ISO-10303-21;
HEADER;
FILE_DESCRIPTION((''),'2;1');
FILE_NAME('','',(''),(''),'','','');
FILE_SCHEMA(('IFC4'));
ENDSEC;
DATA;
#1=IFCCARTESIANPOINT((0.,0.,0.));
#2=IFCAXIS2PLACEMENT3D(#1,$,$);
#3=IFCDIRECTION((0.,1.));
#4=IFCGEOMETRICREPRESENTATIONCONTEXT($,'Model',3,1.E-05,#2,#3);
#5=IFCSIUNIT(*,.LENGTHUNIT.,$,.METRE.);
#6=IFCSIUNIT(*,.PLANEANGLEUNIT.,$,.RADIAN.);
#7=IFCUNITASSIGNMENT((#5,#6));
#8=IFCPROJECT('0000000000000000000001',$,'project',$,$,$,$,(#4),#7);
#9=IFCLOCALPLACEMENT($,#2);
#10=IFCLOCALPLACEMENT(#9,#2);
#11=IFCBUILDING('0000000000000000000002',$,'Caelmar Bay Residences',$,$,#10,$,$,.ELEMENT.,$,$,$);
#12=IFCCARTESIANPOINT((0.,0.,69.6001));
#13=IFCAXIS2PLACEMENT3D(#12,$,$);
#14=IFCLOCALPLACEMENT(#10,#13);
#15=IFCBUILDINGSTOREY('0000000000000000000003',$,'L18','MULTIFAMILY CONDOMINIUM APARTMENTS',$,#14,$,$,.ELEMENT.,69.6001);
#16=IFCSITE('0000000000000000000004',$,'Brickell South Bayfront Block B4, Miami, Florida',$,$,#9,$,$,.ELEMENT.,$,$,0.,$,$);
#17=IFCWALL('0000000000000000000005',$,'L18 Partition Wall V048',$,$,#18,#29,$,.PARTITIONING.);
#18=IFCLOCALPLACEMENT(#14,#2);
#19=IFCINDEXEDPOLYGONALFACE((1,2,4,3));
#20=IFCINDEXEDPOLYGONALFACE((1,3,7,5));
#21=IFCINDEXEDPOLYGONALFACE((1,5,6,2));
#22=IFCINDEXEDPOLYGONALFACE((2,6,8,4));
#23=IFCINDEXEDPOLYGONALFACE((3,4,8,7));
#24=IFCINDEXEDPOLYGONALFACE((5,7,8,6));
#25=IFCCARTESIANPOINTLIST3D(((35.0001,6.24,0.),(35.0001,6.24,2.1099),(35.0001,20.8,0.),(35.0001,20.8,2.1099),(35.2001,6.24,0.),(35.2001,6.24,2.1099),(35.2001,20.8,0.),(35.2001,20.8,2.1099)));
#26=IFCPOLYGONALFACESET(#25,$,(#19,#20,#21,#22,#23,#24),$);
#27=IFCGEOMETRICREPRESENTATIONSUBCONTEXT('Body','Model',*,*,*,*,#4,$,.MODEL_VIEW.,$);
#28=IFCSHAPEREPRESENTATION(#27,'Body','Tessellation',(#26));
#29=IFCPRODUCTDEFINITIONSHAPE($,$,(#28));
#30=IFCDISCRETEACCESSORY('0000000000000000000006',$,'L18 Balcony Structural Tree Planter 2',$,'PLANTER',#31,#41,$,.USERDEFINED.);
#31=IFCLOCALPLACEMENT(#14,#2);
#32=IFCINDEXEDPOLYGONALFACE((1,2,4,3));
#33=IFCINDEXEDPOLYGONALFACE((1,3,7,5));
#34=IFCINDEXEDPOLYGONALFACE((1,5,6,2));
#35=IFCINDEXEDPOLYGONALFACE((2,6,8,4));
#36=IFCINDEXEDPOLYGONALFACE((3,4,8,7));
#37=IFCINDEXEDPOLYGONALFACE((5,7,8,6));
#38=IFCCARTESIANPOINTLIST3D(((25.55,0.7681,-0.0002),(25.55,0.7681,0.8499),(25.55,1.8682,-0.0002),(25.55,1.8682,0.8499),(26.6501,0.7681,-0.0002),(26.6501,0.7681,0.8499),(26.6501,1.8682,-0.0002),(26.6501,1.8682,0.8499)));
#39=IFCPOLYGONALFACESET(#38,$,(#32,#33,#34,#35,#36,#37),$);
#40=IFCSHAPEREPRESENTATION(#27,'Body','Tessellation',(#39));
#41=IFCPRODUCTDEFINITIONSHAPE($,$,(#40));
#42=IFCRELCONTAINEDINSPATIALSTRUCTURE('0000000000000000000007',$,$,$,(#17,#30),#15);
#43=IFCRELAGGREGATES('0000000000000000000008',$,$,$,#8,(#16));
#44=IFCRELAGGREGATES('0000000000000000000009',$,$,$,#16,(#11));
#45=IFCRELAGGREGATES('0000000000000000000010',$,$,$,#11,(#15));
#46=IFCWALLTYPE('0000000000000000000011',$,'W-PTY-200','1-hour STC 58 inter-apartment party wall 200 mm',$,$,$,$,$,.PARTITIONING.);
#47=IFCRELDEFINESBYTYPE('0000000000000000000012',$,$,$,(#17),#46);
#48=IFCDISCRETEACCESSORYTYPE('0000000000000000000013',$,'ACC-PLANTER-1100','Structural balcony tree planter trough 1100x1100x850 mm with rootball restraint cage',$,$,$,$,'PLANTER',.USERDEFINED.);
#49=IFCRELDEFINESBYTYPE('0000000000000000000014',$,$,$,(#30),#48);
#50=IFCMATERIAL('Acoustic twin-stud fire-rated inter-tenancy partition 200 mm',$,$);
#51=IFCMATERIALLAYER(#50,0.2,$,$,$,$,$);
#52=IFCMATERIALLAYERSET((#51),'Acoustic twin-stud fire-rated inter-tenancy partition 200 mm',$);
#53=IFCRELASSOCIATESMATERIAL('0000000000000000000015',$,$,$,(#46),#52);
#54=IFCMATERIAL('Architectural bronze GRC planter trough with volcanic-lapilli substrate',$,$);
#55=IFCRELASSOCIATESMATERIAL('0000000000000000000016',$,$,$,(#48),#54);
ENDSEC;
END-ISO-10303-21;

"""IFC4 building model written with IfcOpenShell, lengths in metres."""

from ifc_helpers import new_model, si_unit, direction, frame, frame_2d, origin, origin_2d, place, context, subcontext, project, spatial, rectangle, extrude, material, layer, layer_set, type_object, element, save


model = new_model("IFC4")

# Units and contexts
model_context = context("Model", 3, precision=1e-05, world=origin(), true_north=direction((0.0, 1.0)))
body_context = subcontext(model_context, "Body", "Model", "MODEL_VIEW")
ifc_project = project(units=[si_unit("LENGTHUNIT", "METRE"), si_unit("PLANEANGLEUNIT", "RADIAN")], contexts=[model_context])

# Site, building, storey
site_placement = place(None, origin())
site = spatial("IfcSite", under=ifc_project, at=site_placement, Name="Brickell South Bayfront Block B4, Miami, Florida", CompositionType="ELEMENT", RefElevation=0.0)
building_placement = place(site_placement, origin())
building = spatial("IfcBuilding", under=site, at=building_placement, Name="Caelmar Bay Residences", CompositionType="ELEMENT")
storey_placement = place(building_placement, frame((0.0, 0.0, 69.6001)))
storey = spatial("IfcBuildingStorey", under=building, at=storey_placement, Name="L18", Description="MULTIFAMILY CONDOMINIUM APARTMENTS", CompositionType="ELEMENT", Elevation=69.6001)

# Wall
ifc_material_1 = material(Name="Acoustic twin-stud fire-rated inter-tenancy partition 200 mm")
ifc_layer_1 = layer(ifc_material_1, 0.2)
ifc_layer_set_1 = layer_set([ifc_layer_1], Name="Acoustic twin-stud fire-rated inter-tenancy partition 200 mm")
wall_type_1 = type_object("IfcWallType", Name="W-PTY-200", Description="1-hour STC 58 inter-apartment party wall 200 mm", PredefinedType="PARTITIONING", material=ifc_layer_set_1)
wall_1_placement = place(storey_placement, frame((35.1001, 6.24, 0.0), z_axis=(0.0, 0.0, 1.0), x_axis=(0.0, 1.0, 0.0)))
element("IfcWall", 1, at=wall_1_placement, inside=storey, type_object=wall_type_1, Name="L18 Partition Wall V048", PredefinedType="PARTITIONING", context=body_context, shape_type="SweptSolid", body=[
    extrude(rectangle(XDim=14.5601, YDim=0.2, at=frame_2d((7.28, 0.0))), origin(), (0.0, 0.0, 1.0), 2.1099),
])

# Discrete accessory
ifc_material_2 = material(Name="Architectural bronze GRC planter trough with volcanic-lapilli substrate")
discrete_accessory_type = type_object("IfcDiscreteAccessoryType", Name="ACC-PLANTER-1100", Description="Structural balcony tree planter trough 1100x1100x850 mm with rootball restraint cage", ElementType="PLANTER", PredefinedType="USERDEFINED", material=ifc_material_2)
discrete_accessory_placement = place(storey_placement, frame((26.1001, 1.3181, -0.0002), z_axis=(0.0, 0.0, 1.0), x_axis=(1.0, 0.0, 0.0)))
element("IfcDiscreteAccessory", 2, at=discrete_accessory_placement, inside=storey, type_object=discrete_accessory_type, Name="L18 Balcony Structural Tree Planter 2", ObjectType="PLANTER", PredefinedType="USERDEFINED", context=body_context, shape_type="SweptSolid", body=[
    extrude(rectangle(XDim=1.1001, YDim=1.1001, at=origin_2d()), origin(), (0.0, 0.0, 1.0), 0.8501),
])

save(model, "model.ifc")
